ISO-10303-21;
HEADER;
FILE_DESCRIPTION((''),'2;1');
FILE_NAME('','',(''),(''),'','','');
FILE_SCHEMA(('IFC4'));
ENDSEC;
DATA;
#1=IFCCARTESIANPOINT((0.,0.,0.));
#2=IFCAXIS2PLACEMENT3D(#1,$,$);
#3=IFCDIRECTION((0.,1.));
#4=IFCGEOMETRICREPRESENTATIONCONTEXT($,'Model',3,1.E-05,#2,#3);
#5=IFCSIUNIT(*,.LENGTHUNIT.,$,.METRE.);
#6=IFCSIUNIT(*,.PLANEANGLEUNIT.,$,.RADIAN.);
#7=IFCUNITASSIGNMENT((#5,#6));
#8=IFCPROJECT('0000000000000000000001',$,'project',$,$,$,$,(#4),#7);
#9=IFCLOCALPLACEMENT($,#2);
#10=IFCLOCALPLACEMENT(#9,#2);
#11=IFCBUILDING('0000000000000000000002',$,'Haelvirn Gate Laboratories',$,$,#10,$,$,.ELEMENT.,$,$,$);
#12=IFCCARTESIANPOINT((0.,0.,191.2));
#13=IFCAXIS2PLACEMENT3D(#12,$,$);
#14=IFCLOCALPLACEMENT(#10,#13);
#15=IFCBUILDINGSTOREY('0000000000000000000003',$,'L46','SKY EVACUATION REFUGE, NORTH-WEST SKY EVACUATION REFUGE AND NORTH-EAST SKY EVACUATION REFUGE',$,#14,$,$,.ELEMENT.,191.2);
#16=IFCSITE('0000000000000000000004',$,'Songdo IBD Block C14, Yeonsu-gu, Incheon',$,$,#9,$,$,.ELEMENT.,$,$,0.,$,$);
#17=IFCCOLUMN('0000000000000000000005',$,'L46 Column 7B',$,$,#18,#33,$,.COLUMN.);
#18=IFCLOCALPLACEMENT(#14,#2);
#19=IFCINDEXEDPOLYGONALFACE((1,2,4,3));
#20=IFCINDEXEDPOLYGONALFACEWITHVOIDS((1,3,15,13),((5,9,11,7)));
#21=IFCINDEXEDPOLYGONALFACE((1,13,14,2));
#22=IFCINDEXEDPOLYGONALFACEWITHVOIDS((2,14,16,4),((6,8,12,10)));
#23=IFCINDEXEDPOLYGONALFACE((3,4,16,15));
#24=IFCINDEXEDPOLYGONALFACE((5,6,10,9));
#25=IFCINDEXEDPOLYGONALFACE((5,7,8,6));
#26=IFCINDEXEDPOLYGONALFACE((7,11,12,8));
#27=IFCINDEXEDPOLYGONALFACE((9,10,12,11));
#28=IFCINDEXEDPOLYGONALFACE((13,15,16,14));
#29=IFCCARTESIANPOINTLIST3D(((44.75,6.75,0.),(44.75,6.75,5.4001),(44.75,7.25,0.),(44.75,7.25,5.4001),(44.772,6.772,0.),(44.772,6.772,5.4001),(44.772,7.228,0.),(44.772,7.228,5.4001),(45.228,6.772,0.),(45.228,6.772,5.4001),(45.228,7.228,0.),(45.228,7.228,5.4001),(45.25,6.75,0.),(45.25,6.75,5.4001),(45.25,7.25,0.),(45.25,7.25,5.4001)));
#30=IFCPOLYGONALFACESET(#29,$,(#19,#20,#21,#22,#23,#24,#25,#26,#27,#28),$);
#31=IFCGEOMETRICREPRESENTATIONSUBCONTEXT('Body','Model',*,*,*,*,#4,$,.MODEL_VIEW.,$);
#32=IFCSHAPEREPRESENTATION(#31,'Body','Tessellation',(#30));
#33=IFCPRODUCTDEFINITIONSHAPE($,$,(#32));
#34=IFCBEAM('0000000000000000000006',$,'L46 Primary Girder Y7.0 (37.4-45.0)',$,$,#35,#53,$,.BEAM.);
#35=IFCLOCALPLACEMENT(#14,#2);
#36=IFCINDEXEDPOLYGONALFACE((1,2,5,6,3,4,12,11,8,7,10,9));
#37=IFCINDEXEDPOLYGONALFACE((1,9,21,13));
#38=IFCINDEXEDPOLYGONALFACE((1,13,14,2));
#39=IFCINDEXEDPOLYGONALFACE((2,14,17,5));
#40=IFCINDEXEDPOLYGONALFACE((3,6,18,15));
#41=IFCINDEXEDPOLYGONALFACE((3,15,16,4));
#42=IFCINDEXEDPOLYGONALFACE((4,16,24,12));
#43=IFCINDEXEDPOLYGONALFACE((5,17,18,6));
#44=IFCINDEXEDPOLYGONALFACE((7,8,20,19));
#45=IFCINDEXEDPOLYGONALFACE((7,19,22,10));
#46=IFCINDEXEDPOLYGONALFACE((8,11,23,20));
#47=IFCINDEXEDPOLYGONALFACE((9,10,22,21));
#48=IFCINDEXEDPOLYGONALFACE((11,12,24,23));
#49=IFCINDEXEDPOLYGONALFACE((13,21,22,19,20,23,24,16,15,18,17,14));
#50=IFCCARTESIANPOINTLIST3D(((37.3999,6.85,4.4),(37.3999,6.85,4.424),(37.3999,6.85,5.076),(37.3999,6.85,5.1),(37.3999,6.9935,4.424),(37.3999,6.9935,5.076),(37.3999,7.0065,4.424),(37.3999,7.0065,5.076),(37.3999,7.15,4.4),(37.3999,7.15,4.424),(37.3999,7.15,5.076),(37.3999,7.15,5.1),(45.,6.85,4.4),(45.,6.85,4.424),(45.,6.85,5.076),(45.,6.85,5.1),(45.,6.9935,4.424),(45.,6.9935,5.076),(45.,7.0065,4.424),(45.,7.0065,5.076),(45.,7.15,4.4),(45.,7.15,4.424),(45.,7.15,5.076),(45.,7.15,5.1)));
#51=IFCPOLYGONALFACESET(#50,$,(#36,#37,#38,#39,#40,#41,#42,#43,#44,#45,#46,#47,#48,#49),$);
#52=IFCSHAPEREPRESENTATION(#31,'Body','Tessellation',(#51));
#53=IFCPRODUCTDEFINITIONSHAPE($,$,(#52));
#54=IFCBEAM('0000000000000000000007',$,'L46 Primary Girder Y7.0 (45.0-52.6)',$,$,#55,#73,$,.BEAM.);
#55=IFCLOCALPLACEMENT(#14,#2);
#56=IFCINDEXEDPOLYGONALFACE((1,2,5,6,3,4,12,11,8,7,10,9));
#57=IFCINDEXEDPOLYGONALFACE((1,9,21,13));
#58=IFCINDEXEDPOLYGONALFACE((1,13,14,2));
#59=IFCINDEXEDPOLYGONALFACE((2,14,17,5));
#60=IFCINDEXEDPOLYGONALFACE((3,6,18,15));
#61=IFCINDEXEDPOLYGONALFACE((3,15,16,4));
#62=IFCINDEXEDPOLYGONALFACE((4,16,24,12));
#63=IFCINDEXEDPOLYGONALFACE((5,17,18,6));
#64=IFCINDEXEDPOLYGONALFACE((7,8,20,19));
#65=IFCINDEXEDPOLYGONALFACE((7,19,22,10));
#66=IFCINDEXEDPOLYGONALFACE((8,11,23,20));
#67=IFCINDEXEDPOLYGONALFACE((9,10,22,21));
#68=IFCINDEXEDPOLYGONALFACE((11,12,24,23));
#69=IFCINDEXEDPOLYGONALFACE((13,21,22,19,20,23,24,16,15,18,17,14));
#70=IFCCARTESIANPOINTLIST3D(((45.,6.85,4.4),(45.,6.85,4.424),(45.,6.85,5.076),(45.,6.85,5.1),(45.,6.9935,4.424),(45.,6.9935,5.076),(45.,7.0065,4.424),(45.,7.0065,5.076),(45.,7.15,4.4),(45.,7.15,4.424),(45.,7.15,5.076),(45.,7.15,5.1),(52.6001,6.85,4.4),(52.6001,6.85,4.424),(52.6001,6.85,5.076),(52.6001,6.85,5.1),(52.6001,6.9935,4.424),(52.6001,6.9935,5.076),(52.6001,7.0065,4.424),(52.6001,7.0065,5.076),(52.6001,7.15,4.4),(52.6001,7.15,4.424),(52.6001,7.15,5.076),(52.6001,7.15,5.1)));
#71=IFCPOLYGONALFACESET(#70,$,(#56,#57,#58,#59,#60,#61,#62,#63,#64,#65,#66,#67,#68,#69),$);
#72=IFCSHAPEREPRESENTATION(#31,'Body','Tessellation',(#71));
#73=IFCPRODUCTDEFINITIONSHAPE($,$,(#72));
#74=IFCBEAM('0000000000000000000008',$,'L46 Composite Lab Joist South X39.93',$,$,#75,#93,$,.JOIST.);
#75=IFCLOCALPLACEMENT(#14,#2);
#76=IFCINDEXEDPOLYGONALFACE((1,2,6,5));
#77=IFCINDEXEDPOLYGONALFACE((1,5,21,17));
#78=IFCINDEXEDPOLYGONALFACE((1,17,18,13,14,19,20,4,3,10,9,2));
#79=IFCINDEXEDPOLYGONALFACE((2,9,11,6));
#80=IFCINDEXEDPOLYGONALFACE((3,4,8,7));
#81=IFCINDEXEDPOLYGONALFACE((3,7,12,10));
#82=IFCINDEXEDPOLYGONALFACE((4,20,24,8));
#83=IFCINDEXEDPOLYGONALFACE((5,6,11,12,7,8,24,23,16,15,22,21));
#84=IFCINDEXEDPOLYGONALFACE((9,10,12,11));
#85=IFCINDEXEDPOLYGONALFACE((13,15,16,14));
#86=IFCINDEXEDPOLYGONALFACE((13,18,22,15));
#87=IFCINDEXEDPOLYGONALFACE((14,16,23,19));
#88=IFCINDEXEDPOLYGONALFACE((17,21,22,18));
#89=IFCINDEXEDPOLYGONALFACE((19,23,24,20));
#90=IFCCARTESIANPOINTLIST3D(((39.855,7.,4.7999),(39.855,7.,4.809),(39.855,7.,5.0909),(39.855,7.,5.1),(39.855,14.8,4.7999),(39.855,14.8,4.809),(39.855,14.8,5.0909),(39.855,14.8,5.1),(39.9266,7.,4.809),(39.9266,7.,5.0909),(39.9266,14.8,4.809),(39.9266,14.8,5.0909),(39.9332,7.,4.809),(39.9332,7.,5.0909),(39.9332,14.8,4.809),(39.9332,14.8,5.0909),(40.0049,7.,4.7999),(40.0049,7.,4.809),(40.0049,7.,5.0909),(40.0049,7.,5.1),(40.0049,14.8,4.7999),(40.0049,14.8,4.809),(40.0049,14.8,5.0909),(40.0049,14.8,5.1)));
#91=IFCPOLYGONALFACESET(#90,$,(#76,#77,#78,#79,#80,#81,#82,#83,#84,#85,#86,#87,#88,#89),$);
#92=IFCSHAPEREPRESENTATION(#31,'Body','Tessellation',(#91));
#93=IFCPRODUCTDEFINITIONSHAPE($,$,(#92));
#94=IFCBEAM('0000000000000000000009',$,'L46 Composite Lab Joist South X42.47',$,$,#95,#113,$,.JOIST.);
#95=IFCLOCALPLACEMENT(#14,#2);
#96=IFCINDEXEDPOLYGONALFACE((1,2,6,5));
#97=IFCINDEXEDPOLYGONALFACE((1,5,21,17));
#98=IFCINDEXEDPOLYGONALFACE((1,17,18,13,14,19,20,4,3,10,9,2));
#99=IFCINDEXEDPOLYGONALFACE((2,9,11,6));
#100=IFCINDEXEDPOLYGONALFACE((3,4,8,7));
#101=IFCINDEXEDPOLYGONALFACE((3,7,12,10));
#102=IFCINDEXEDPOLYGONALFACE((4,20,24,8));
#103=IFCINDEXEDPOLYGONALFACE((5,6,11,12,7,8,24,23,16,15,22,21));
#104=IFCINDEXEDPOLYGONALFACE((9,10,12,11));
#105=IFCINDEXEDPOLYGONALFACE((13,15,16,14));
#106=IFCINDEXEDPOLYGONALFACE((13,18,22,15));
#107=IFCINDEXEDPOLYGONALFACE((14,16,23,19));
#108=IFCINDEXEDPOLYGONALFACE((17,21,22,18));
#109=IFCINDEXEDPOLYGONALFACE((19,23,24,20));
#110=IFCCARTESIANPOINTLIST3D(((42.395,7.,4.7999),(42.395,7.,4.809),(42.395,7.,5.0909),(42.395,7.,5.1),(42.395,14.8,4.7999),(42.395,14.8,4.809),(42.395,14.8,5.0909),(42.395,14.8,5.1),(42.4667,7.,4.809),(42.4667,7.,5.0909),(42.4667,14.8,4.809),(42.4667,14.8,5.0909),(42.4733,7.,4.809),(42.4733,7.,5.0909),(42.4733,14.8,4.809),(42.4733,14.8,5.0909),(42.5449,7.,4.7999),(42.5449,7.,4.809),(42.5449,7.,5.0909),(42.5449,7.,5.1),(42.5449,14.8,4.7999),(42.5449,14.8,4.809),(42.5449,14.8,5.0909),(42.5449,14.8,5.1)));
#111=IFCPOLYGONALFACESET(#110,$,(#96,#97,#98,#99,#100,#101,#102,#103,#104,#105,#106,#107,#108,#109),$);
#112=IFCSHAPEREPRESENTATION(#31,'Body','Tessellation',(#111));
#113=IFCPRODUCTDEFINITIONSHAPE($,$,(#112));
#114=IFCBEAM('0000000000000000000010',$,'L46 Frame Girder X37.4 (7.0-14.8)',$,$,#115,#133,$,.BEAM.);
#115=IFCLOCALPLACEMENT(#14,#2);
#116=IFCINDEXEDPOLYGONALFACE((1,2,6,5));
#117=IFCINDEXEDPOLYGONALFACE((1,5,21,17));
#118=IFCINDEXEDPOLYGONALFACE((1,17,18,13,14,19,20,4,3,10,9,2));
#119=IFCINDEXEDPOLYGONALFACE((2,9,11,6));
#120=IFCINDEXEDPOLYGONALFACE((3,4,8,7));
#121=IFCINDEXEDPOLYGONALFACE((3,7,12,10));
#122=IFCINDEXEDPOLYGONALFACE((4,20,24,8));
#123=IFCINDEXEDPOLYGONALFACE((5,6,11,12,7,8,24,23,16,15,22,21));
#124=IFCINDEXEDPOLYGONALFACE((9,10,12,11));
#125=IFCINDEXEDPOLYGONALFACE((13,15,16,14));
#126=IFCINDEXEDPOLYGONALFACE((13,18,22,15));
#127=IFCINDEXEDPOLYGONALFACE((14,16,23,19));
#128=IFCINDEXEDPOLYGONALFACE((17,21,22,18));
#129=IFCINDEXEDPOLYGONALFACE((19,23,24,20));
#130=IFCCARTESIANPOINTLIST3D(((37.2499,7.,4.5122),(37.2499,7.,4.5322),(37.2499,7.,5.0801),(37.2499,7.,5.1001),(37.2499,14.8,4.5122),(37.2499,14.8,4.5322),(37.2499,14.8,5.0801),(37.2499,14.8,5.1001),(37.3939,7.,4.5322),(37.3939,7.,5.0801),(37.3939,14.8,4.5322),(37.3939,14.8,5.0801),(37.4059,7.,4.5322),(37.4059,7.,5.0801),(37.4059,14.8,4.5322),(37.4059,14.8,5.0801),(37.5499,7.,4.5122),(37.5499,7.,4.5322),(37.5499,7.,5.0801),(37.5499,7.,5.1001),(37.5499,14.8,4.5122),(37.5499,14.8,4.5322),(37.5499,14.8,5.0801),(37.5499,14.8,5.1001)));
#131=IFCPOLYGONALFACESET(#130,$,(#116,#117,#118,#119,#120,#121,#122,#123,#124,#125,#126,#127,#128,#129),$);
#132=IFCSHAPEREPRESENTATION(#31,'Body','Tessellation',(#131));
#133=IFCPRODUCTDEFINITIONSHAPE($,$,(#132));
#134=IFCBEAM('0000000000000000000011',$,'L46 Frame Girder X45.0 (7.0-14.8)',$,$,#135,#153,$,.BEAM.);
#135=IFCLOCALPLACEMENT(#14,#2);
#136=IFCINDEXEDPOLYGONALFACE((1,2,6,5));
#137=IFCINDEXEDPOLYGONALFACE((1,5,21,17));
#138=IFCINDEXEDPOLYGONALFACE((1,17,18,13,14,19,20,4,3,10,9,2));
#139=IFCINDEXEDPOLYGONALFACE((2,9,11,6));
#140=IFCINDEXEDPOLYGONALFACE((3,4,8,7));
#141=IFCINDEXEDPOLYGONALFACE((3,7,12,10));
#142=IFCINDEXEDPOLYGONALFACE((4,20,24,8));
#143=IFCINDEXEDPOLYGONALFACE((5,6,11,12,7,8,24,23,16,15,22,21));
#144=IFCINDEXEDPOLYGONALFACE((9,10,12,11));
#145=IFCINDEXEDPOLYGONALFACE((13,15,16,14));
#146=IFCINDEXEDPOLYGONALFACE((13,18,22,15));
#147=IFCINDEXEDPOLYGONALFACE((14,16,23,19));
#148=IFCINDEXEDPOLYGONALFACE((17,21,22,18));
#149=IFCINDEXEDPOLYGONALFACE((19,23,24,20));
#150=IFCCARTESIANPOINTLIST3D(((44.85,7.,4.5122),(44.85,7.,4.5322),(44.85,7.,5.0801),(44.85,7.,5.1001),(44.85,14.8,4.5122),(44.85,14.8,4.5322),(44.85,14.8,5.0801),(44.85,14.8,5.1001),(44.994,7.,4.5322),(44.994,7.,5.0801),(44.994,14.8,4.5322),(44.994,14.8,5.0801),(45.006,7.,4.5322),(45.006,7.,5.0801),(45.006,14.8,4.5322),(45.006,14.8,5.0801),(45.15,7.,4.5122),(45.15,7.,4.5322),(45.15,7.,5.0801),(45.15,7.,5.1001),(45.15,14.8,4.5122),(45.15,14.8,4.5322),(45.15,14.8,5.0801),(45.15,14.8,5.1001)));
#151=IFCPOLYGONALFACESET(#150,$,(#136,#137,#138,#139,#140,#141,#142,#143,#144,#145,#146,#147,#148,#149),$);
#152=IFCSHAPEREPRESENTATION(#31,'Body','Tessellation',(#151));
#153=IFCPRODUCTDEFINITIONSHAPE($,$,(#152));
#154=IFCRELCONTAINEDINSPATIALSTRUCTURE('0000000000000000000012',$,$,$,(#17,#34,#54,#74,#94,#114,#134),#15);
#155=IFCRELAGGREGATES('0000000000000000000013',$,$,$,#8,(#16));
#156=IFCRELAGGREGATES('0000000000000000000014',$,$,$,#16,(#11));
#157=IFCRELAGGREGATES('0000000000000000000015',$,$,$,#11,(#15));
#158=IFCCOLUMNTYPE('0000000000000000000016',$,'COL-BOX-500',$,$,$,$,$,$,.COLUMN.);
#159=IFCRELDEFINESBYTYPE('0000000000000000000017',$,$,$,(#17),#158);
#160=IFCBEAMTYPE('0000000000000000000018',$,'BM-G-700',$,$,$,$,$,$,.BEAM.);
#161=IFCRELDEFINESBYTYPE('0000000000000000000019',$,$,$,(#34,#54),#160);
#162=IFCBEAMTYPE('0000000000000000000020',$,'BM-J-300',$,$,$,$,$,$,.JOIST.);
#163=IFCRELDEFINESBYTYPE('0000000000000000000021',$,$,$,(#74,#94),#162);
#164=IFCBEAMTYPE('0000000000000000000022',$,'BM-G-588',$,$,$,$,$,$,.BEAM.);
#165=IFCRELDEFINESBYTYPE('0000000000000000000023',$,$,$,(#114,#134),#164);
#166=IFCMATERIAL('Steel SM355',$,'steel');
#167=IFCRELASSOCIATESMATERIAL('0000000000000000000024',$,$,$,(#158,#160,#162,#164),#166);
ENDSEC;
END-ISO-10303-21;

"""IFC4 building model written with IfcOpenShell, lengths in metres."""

from ifc_helpers import new_model, si_unit, direction, frame, origin, origin_2d, place, context, subcontext, project, spatial, hollow_rectangle, i_section, extrude, source, transform, mapped, material, material_profile, profile_set, type_object, type_shapes, element, save


model = new_model("IFC4")

# Units and contexts
model_context = context("Model", 3, precision=1e-05, world=origin(), true_north=direction((0.0, 1.0)))
body_context = subcontext(model_context, "Body", "Model", "MODEL_VIEW")
ifc_project = project(units=[si_unit("LENGTHUNIT", "METRE"), si_unit("PLANEANGLEUNIT", "RADIAN")], contexts=[model_context])

# Site, building, storey
site_placement = place(None, origin())
site = spatial("IfcSite", under=ifc_project, at=site_placement, Name="Songdo IBD Block C14, Yeonsu-gu, Incheon", CompositionType="ELEMENT", RefElevation=0.0)
building_placement = place(site_placement, origin())
building = spatial("IfcBuilding", under=site, at=building_placement, Name="Haelvirn Gate Laboratories", CompositionType="ELEMENT")
storey_placement = place(building_placement, frame((0.0, 0.0, 191.2)))
storey = spatial("IfcBuildingStorey", under=building, at=storey_placement, Name="L46", Description="SKY EVACUATION REFUGE, NORTH-WEST SKY EVACUATION REFUGE AND NORTH-EAST SKY EVACUATION REFUGE", CompositionType="ELEMENT", Elevation=191.2)

# Column
ifc_material_1 = material(Name="Steel SM355", Category="steel")
ifc_material_profile_1 = material_profile(ifc_material_1, hollow_rectangle(XDim=0.5, YDim=0.5, WallThickness=0.022, at=origin_2d()), Name="BOX-500x500x22")
ifc_profile_set_1 = profile_set([ifc_material_profile_1], Name="Steel SM355")
column_type = type_object("IfcColumnType", Name="COL-BOX-500", PredefinedType="COLUMN", material=ifc_profile_set_1)
shared_shape_1 = source(origin(), body_context, "Body", "SweptSolid", [
    extrude(hollow_rectangle(XDim=0.5, YDim=0.5, WallThickness=0.022, at=origin_2d()), origin(), (0.0, 0.0, 1.0), 5.4001),
])
type_shapes(column_type, [shared_shape_1])
column_placement = place(storey_placement, frame((45.0, 7.0, 0.0), z_axis=(0.0, 0.0, 1.0), x_axis=(1.0, 0.0, 0.0)))
element("IfcColumn", 1, at=column_placement, inside=storey, type_object=column_type, Name="L46 Column 7B", PredefinedType="COLUMN", context=body_context, shape_type="MappedRepresentation", body=[
    mapped(shared_shape_1, transform((0.0, 0.0, 0.0), scale=1.0)),
])

# Beams
ifc_material_profile_2 = material_profile(ifc_material_1, i_section(OverallWidth=0.3, OverallDepth=0.7, WebThickness=0.0129, FlangeThickness=0.0239, at=origin_2d()), Name="H-700x300x13x24")
ifc_profile_set_2 = profile_set([ifc_material_profile_2], Name="Steel SM355")
beam_type_1 = type_object("IfcBeamType", Name="BM-G-700", PredefinedType="BEAM", material=ifc_profile_set_2)
shared_shape_2 = source(origin(), body_context, "Body", "SweptSolid", [
    extrude(i_section(OverallWidth=0.3, OverallDepth=0.7, WebThickness=0.0129, FlangeThickness=0.0239, at=origin_2d()), origin(), (0.0, 0.0, 1.0), 7.6001),
])
type_shapes(beam_type_1, [shared_shape_2])
for number, where, z_axis, x_axis, name in (
    (2, (37.3999, 7.0, 4.75), (1.0, 0.0, 0.0), (0.0, 1.0, 0.0), "L46 Primary Girder Y7.0 (37.4-45.0)"),
    (3, (45.0, 7.0, 4.75), (1.0, 0.0, 0.0), (0.0, 1.0, 0.0), "L46 Primary Girder Y7.0 (45.0-52.6)"),
):
    element("IfcBeam", number, at=place(storey_placement, frame(where, z_axis=z_axis, x_axis=x_axis)), inside=storey, type_object=beam_type_1, Name=name, PredefinedType="BEAM", context=body_context, shape_type="MappedRepresentation", body=[
        mapped(shared_shape_2, transform((0.0, 0.0, 0.0), scale=1.0)),
    ])
ifc_material_profile_3 = material_profile(ifc_material_1, i_section(OverallWidth=0.1499, OverallDepth=0.3, WebThickness=0.0066, FlangeThickness=0.009, at=origin_2d()), Name="H-300x150x6.5x9")
ifc_profile_set_3 = profile_set([ifc_material_profile_3], Name="Steel SM355")
beam_type_2 = type_object("IfcBeamType", Name="BM-J-300", PredefinedType="JOIST", material=ifc_profile_set_3)
shared_shape_3 = source(origin(), body_context, "Body", "SweptSolid", [
    extrude(i_section(OverallWidth=0.1499, OverallDepth=0.3, WebThickness=0.0066, FlangeThickness=0.009, at=origin_2d()), origin(), (0.0, 0.0, 1.0), 7.8),
])
type_shapes(beam_type_2, [shared_shape_3])
for number, where, z_axis, x_axis, name in (
    (4, (39.9299, 7.0, 4.95), (0.0, 1.0, 0.0), (-1.0, 0.0, 0.0), "L46 Composite Lab Joist South X39.93"),
    (5, (42.47, 7.0, 4.95), (0.0, 1.0, 0.0), (-1.0, 0.0, 0.0), "L46 Composite Lab Joist South X42.47"),
):
    element("IfcBeam", number, at=place(storey_placement, frame(where, z_axis=z_axis, x_axis=x_axis)), inside=storey, type_object=beam_type_2, Name=name, PredefinedType="JOIST", context=body_context, shape_type="MappedRepresentation", body=[
        mapped(shared_shape_3, transform((0.0, 0.0, 0.0), scale=1.0)),
    ])
ifc_material_profile_4 = material_profile(ifc_material_1, i_section(OverallWidth=0.3, OverallDepth=0.5879, WebThickness=0.012, FlangeThickness=0.02, at=origin_2d()), Name="H-588x300x12x20")
ifc_profile_set_4 = profile_set([ifc_material_profile_4], Name="Steel SM355")
beam_type_3 = type_object("IfcBeamType", Name="BM-G-588", PredefinedType="BEAM", material=ifc_profile_set_4)
shared_shape_4 = source(origin(), body_context, "Body", "SweptSolid", [
    extrude(i_section(OverallWidth=0.3, OverallDepth=0.5879, WebThickness=0.012, FlangeThickness=0.02, at=origin_2d()), origin(), (0.0, 0.0, 1.0), 7.8),
])
type_shapes(beam_type_3, [shared_shape_4])
for number, where, z_axis, x_axis, name in (
    (6, (37.3999, 7.0, 4.8062), (0.0, 1.0, 0.0), (-1.0, 0.0, 0.0), "L46 Frame Girder X37.4 (7.0-14.8)"),
    (7, (45.0, 7.0, 4.8062), (0.0, 1.0, 0.0), (-1.0, 0.0, 0.0), "L46 Frame Girder X45.0 (7.0-14.8)"),
):
    element("IfcBeam", number, at=place(storey_placement, frame(where, z_axis=z_axis, x_axis=x_axis)), inside=storey, type_object=beam_type_3, Name=name, PredefinedType="BEAM", context=body_context, shape_type="MappedRepresentation", body=[
        mapped(shared_shape_4, transform((0.0, 0.0, 0.0), scale=1.0)),
    ])

save(model, "model.ifc")
